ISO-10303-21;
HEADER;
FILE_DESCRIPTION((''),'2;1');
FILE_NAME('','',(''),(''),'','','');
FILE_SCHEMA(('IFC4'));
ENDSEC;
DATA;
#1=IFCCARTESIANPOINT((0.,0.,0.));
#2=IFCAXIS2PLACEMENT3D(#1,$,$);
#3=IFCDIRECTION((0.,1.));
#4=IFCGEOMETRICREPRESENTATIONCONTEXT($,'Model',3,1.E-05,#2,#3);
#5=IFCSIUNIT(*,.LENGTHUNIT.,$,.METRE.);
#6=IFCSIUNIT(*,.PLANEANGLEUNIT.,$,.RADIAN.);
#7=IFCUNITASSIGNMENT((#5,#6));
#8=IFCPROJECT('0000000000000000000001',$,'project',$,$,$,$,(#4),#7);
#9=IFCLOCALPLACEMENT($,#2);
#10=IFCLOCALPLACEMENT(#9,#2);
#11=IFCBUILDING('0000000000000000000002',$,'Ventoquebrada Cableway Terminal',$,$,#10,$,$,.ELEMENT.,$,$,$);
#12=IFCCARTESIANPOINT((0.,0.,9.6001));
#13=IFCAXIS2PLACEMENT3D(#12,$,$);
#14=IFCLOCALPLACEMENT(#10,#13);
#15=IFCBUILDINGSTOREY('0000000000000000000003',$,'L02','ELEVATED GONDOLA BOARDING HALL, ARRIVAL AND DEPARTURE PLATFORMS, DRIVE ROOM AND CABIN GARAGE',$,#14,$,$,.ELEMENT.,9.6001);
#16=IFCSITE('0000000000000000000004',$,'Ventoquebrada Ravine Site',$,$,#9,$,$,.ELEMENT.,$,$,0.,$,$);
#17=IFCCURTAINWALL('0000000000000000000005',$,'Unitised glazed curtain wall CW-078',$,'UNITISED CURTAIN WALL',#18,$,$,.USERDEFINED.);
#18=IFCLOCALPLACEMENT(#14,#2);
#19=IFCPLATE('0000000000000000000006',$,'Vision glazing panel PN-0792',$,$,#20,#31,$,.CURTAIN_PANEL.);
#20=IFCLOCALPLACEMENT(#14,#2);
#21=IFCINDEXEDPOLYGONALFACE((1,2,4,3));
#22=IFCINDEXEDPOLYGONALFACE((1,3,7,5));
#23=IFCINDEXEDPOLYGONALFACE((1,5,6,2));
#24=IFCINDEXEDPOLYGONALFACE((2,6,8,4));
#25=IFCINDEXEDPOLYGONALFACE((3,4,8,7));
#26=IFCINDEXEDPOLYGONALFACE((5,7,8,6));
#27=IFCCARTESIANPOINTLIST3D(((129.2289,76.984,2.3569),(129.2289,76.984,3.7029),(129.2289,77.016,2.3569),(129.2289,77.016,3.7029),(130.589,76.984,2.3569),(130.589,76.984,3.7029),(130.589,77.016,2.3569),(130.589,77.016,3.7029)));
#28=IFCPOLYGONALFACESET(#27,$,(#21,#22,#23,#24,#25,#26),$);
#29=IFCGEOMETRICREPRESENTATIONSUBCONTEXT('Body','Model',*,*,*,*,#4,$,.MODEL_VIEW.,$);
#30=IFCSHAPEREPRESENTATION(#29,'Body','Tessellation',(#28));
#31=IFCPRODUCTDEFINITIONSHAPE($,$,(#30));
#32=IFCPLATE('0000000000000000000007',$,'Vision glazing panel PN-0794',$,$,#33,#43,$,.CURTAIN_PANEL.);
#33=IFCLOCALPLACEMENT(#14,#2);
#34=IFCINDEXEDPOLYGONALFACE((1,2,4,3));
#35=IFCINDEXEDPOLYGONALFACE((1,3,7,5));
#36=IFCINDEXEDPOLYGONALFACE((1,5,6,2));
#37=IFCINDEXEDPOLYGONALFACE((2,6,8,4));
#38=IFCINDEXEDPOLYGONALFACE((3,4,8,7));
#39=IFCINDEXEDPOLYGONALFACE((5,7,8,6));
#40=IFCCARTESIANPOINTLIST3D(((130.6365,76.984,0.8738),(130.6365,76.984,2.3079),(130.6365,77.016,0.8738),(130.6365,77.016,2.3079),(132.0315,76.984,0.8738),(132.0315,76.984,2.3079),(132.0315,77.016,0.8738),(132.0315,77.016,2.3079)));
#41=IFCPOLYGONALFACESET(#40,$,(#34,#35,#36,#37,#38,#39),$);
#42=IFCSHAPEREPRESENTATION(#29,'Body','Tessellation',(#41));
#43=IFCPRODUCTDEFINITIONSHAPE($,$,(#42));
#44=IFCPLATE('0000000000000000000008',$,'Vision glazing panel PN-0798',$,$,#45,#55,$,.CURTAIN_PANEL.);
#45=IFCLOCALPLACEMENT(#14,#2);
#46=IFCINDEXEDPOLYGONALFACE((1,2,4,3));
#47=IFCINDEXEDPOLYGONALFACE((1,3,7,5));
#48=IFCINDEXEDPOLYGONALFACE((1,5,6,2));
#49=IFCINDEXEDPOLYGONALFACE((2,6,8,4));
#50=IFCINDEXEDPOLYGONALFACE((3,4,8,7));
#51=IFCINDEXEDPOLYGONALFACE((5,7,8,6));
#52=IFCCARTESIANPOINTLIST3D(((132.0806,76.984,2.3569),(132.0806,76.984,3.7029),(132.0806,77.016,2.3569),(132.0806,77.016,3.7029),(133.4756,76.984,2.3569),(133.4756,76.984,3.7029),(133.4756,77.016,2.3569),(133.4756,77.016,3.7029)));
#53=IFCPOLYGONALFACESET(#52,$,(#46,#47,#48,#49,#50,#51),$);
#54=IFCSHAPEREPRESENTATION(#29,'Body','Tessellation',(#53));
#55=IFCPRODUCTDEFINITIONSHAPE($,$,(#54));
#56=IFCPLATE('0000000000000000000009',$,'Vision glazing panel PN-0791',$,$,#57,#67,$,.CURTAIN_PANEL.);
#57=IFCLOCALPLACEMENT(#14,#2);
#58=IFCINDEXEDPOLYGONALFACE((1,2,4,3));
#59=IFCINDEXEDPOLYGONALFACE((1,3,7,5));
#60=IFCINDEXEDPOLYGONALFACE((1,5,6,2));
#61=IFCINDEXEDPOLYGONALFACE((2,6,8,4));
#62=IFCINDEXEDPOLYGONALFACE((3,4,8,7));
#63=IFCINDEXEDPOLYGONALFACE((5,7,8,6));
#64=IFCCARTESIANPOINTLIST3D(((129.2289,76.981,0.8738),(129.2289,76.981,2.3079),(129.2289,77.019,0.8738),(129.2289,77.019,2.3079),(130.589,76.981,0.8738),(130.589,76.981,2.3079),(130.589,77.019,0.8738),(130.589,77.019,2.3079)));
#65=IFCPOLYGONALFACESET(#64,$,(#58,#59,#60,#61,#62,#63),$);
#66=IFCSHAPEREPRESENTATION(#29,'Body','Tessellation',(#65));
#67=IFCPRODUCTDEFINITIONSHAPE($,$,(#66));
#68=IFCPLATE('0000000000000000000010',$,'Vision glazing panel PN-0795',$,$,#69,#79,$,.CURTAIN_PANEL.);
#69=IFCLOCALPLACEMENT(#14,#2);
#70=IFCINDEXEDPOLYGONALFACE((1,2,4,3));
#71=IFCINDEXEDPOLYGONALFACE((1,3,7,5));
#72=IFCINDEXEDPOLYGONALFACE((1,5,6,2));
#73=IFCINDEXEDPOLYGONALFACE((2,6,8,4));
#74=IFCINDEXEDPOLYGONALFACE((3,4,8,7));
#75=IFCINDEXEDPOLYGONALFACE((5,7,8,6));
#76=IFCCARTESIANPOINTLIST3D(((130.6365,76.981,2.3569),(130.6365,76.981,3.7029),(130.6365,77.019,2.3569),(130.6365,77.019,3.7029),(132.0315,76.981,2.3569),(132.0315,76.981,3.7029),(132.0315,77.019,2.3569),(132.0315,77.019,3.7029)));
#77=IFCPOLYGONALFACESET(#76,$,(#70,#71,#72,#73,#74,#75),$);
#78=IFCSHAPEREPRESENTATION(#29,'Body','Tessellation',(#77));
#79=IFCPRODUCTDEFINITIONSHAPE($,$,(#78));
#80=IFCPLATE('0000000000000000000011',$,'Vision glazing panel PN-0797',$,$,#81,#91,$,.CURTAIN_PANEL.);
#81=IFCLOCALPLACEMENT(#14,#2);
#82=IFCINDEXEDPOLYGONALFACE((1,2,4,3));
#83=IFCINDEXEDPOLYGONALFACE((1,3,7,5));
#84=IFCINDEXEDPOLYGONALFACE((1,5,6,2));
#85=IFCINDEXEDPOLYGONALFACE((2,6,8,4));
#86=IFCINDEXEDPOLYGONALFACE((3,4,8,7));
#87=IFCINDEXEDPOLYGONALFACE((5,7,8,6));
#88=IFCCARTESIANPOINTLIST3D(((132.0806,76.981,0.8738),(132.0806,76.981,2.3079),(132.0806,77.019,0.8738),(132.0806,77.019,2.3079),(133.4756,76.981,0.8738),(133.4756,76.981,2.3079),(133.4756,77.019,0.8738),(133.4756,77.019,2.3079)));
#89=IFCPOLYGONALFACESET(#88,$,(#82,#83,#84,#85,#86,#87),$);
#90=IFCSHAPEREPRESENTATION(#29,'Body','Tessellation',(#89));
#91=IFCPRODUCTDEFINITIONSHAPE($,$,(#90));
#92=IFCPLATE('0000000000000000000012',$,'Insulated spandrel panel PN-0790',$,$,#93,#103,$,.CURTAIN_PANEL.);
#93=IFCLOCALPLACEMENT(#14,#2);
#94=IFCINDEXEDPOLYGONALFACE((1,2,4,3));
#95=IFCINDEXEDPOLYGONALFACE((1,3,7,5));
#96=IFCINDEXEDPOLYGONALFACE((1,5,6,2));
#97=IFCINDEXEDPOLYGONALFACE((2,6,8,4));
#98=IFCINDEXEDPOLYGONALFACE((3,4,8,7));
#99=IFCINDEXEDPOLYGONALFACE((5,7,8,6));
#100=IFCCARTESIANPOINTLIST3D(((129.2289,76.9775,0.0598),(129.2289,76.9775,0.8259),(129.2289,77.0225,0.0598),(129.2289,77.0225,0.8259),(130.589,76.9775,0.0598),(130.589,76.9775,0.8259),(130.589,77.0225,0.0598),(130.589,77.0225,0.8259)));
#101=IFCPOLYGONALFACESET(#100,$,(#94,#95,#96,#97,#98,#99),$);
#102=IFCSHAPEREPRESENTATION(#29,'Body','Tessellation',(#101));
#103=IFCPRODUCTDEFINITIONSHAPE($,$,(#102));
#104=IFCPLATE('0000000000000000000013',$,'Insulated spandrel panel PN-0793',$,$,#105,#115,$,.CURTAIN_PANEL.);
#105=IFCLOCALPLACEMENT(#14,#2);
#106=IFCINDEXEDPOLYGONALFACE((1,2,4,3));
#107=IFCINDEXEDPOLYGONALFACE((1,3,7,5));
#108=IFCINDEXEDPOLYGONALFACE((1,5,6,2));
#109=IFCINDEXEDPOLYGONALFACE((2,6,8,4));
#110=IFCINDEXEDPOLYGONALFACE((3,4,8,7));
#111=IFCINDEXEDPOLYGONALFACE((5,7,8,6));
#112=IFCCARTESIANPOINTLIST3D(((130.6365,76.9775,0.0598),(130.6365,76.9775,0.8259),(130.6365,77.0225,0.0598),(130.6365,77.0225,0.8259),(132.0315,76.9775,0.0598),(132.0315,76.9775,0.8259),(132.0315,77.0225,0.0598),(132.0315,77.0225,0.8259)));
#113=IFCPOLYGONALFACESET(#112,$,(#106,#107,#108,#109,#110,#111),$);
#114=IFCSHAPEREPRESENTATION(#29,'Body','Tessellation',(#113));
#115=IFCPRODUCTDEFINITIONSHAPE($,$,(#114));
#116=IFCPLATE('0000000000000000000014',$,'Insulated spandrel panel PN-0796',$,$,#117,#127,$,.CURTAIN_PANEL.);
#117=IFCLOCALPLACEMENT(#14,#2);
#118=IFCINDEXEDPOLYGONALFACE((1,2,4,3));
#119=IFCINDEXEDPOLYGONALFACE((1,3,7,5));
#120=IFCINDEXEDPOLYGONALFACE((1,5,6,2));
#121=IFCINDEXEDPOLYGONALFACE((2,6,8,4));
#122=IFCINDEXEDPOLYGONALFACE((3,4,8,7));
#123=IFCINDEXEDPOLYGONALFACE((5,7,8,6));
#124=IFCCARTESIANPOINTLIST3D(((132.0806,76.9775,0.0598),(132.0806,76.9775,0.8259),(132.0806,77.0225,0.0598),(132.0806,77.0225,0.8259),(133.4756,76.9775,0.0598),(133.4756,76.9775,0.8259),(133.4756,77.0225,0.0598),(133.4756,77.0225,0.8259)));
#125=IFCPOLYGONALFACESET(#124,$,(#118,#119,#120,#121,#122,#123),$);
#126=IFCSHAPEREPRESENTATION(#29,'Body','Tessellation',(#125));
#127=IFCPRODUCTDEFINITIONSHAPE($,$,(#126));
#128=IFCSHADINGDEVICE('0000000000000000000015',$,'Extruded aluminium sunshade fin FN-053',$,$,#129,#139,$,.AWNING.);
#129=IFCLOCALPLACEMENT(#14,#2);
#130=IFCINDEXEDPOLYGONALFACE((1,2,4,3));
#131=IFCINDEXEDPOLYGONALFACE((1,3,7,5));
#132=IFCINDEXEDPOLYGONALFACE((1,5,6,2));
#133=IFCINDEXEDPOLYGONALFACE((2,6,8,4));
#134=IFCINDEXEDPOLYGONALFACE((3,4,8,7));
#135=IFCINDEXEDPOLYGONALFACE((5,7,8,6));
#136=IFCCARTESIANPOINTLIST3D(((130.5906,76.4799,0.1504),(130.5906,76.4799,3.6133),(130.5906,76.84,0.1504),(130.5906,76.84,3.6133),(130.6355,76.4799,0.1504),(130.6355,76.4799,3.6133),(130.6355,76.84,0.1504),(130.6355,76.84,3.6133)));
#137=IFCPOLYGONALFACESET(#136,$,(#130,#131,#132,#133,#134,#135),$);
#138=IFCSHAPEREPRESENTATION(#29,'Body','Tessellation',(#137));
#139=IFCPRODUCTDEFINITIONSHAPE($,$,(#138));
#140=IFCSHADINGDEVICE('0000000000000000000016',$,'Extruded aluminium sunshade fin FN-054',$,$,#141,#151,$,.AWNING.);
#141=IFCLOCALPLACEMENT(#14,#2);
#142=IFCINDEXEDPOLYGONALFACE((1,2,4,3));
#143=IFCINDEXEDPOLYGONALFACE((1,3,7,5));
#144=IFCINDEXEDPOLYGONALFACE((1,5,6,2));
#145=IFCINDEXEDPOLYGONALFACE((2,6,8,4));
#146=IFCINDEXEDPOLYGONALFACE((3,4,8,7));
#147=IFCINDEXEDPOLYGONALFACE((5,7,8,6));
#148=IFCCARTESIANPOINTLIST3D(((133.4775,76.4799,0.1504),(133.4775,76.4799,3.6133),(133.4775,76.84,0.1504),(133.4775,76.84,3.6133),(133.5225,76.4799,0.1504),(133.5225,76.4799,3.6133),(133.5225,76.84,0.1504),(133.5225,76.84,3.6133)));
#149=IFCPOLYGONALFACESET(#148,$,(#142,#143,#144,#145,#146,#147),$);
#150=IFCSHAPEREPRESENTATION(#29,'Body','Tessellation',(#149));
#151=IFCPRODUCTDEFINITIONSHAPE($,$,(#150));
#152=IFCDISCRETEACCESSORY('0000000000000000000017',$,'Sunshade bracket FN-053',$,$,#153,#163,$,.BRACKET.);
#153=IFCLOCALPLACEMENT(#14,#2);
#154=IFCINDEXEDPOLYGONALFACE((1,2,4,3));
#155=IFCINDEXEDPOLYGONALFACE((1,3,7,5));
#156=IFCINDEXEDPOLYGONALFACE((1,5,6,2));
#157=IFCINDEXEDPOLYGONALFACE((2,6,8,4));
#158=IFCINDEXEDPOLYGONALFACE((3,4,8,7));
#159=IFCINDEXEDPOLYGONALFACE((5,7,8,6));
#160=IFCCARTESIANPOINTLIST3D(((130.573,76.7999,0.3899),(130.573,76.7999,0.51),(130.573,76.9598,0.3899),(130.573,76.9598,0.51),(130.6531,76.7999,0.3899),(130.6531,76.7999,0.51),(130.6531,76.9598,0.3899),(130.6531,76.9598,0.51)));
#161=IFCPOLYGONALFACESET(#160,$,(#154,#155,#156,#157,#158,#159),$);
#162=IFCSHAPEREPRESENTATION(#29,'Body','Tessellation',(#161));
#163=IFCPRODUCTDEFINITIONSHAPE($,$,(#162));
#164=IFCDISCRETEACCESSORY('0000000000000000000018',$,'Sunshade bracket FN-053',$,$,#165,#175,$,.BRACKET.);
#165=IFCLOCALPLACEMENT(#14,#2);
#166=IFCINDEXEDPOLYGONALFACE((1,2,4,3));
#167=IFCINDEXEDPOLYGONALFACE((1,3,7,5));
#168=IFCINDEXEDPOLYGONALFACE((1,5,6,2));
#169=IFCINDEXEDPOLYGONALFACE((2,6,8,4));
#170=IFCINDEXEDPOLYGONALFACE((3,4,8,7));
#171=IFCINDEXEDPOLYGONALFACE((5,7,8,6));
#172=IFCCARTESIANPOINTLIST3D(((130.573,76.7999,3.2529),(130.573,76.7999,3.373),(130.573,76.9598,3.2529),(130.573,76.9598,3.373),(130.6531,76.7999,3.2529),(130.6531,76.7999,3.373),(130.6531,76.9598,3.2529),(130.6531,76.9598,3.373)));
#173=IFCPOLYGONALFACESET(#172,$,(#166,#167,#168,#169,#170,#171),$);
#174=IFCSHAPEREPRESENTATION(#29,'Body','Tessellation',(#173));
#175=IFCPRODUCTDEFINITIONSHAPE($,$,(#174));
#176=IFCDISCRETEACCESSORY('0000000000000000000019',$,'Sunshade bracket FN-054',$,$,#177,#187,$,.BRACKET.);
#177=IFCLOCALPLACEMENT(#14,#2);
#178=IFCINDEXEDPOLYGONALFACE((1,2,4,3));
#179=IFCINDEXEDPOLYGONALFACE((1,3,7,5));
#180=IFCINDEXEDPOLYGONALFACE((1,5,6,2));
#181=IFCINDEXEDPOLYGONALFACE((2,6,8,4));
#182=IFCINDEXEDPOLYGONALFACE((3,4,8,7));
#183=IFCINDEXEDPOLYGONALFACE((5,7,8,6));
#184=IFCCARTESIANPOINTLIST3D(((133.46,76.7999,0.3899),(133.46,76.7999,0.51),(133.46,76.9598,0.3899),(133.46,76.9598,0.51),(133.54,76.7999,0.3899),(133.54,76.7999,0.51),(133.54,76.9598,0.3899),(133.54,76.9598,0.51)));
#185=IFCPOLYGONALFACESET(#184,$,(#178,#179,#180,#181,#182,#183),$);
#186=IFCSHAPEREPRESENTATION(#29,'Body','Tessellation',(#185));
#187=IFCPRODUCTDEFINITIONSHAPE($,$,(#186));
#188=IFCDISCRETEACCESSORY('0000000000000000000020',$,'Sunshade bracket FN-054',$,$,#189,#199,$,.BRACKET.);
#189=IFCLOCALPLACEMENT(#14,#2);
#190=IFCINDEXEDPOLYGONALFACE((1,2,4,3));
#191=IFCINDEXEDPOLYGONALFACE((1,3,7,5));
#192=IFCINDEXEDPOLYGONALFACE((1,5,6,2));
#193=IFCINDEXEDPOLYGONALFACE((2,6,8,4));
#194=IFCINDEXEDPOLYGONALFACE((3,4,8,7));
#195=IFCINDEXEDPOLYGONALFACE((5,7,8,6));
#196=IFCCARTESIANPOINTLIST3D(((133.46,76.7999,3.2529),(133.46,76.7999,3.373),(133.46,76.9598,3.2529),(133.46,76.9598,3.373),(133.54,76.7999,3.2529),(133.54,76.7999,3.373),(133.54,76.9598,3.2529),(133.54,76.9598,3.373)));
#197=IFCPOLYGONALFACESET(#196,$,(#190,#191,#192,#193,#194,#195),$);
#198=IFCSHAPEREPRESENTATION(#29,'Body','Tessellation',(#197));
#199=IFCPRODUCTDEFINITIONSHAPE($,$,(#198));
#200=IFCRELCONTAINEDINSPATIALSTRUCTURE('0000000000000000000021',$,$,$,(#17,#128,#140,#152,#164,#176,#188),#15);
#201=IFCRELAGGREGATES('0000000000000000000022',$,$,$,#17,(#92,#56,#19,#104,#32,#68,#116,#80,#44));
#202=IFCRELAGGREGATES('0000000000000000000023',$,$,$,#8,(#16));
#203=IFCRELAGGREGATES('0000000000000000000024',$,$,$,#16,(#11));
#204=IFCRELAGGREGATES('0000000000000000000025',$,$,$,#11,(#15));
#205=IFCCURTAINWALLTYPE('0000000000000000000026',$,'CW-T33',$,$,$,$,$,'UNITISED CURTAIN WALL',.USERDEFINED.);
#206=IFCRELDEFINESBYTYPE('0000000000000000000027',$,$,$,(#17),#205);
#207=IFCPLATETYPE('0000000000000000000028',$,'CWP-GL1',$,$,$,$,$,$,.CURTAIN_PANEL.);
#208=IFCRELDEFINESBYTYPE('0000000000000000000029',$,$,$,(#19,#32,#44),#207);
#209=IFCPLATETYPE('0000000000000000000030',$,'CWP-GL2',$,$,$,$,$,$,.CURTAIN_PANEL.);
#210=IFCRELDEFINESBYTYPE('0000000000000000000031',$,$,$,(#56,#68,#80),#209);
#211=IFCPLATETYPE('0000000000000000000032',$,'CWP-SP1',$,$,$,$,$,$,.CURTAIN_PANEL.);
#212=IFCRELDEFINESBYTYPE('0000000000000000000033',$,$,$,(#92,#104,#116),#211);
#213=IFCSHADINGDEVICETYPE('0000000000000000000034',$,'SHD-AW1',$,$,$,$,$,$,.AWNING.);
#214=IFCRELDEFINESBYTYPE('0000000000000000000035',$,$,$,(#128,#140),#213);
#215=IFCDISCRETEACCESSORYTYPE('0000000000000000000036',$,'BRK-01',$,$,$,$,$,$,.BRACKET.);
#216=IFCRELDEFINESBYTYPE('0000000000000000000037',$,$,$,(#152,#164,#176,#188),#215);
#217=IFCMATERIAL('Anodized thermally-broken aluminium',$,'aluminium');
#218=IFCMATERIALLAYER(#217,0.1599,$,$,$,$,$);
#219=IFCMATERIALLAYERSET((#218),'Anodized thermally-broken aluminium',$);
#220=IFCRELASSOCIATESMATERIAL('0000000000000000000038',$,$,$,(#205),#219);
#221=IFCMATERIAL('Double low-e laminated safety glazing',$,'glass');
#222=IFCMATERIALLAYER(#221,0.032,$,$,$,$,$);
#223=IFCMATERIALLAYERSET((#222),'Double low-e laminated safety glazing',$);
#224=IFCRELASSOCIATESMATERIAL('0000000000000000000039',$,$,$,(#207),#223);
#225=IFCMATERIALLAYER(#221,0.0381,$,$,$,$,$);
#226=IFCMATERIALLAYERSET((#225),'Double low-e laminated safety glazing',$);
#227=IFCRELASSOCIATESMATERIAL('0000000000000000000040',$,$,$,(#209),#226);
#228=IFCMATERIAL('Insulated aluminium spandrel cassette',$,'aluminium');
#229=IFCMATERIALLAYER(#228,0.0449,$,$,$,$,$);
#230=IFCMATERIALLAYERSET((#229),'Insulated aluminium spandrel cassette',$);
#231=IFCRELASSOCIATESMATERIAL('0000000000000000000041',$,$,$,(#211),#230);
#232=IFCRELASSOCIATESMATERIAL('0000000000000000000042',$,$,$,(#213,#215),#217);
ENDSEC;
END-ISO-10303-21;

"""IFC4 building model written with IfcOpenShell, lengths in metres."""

from ifc_helpers import new_model, si_unit, direction, frame, origin, origin_2d, place, context, subcontext, project, spatial, rectangle, extrude, material, layer, layer_set, type_object, element, aggregate, save


model = new_model("IFC4")

# Units and contexts
model_context = context("Model", 3, precision=1e-05, world=origin(), true_north=direction((0.0, 1.0)))
body_context = subcontext(model_context, "Body", "Model", "MODEL_VIEW")
ifc_project = project(units=[si_unit("LENGTHUNIT", "METRE"), si_unit("PLANEANGLEUNIT", "RADIAN")], contexts=[model_context])

# Site, building, storey
site_placement = place(None, origin())
site = spatial("IfcSite", under=ifc_project, at=site_placement, Name="Ventoquebrada Ravine Site", CompositionType="ELEMENT", RefElevation=0.0)
building_placement = place(site_placement, origin())
building = spatial("IfcBuilding", under=site, at=building_placement, Name="Ventoquebrada Cableway Terminal", CompositionType="ELEMENT")
storey_placement = place(building_placement, frame((0.0, 0.0, 9.6001)))
storey = spatial("IfcBuildingStorey", under=building, at=storey_placement, Name="L02", Description="ELEVATED GONDOLA BOARDING HALL, ARRIVAL AND DEPARTURE PLATFORMS, DRIVE ROOM AND CABIN GARAGE", CompositionType="ELEMENT", Elevation=9.6001)

# Curtain wall
ifc_material_1 = material(Name="Anodized thermally-broken aluminium", Category="aluminium")
ifc_layer_1 = layer(ifc_material_1, 0.1599)
ifc_layer_set_1 = layer_set([ifc_layer_1], Name="Anodized thermally-broken aluminium")
curtain_wall_type = type_object("IfcCurtainWallType", Name="CW-T33", ElementType="UNITISED CURTAIN WALL", PredefinedType="USERDEFINED", material=ifc_layer_set_1)
curtain_wall_placement = place(storey_placement, origin())
curtain_wall = element("IfcCurtainWall", 1, at=curtain_wall_placement, inside=storey, type_object=curtain_wall_type, Name="Unitised glazed curtain wall CW-078", ObjectType="UNITISED CURTAIN WALL", PredefinedType="USERDEFINED")

# Plates
ifc_material_2 = material(Name="Double low-e laminated safety glazing", Category="glass")
ifc_layer_2 = layer(ifc_material_2, 0.032)
ifc_layer_set_2 = layer_set([ifc_layer_2], Name="Double low-e laminated safety glazing")
plate_type_1 = type_object("IfcPlateType", Name="CWP-GL1", PredefinedType="CURTAIN_PANEL", material=ifc_layer_set_2)
plate_1_placement = place(storey_placement, frame((129.9089, 77.0, 2.3569), z_axis=(0.0, 0.0, 1.0), x_axis=(1.0, 0.0, 0.0)))
plate_1 = element("IfcPlate", 2, at=plate_1_placement, type_object=plate_type_1, Name="Vision glazing panel PN-0792", PredefinedType="CURTAIN_PANEL", context=body_context, shape_type="SweptSolid", body=[
    extrude(rectangle(XDim=1.3601, YDim=0.032, at=origin_2d()), origin(), (0.0, 0.0, 1.0), 1.3459),
])
plate_2_placement = place(storey_placement, frame((131.334, 77.0, 0.8738), z_axis=(0.0, 0.0, 1.0), x_axis=(1.0, 0.0, 0.0)))
plate_2 = element("IfcPlate", 3, at=plate_2_placement, type_object=plate_type_1, Name="Vision glazing panel PN-0794", PredefinedType="CURTAIN_PANEL", context=body_context, shape_type="SweptSolid", body=[
    extrude(rectangle(XDim=1.395, YDim=0.032, at=origin_2d()), origin(), (0.0, 0.0, 1.0), 1.4341),
])
plate_3_placement = place(storey_placement, frame((132.7781, 77.0, 2.3569), z_axis=(0.0, 0.0, 1.0), x_axis=(1.0, 0.0, 0.0)))
plate_3 = element("IfcPlate", 4, at=plate_3_placement, type_object=plate_type_1, Name="Vision glazing panel PN-0798", PredefinedType="CURTAIN_PANEL", context=body_context, shape_type="SweptSolid", body=[
    extrude(rectangle(XDim=1.395, YDim=0.032, at=origin_2d()), origin(), (0.0, 0.0, 1.0), 1.3459),
])
ifc_layer_3 = layer(ifc_material_2, 0.0381)
ifc_layer_set_3 = layer_set([ifc_layer_3], Name="Double low-e laminated safety glazing")
plate_type_2 = type_object("IfcPlateType", Name="CWP-GL2", PredefinedType="CURTAIN_PANEL", material=ifc_layer_set_3)
plate_4_placement = place(storey_placement, frame((129.9089, 77.0, 0.8738), z_axis=(0.0, 0.0, 1.0), x_axis=(1.0, 0.0, 0.0)))
plate_4 = element("IfcPlate", 5, at=plate_4_placement, type_object=plate_type_2, Name="Vision glazing panel PN-0791", PredefinedType="CURTAIN_PANEL", context=body_context, shape_type="SweptSolid", body=[
    extrude(rectangle(XDim=1.3601, YDim=0.0381, at=origin_2d()), origin(), (0.0, 0.0, 1.0), 1.4341),
])
plate_5_placement = place(storey_placement, frame((131.334, 77.0, 2.3569), z_axis=(0.0, 0.0, 1.0), x_axis=(1.0, 0.0, 0.0)))
plate_5 = element("IfcPlate", 6, at=plate_5_placement, type_object=plate_type_2, Name="Vision glazing panel PN-0795", PredefinedType="CURTAIN_PANEL", context=body_context, shape_type="SweptSolid", body=[
    extrude(rectangle(XDim=1.395, YDim=0.0381, at=origin_2d()), origin(), (0.0, 0.0, 1.0), 1.3459),
])
plate_6_placement = place(storey_placement, frame((132.7781, 77.0, 0.8738), z_axis=(0.0, 0.0, 1.0), x_axis=(1.0, 0.0, 0.0)))
plate_6 = element("IfcPlate", 7, at=plate_6_placement, type_object=plate_type_2, Name="Vision glazing panel PN-0797", PredefinedType="CURTAIN_PANEL", context=body_context, shape_type="SweptSolid", body=[
    extrude(rectangle(XDim=1.395, YDim=0.0381, at=origin_2d()), origin(), (0.0, 0.0, 1.0), 1.4341),
])
ifc_material_3 = material(Name="Insulated aluminium spandrel cassette", Category="aluminium")
ifc_layer_4 = layer(ifc_material_3, 0.0449)
ifc_layer_set_4 = layer_set([ifc_layer_4], Name="Insulated aluminium spandrel cassette")
plate_type_3 = type_object("IfcPlateType", Name="CWP-SP1", PredefinedType="CURTAIN_PANEL", material=ifc_layer_set_4)
plate_7_placement = place(storey_placement, frame((129.9089, 77.0, 0.0598), z_axis=(0.0, 0.0, 1.0), x_axis=(1.0, 0.0, 0.0)))
plate_7 = element("IfcPlate", 8, at=plate_7_placement, type_object=plate_type_3, Name="Insulated spandrel panel PN-0790", PredefinedType="CURTAIN_PANEL", context=body_context, shape_type="SweptSolid", body=[
    extrude(rectangle(XDim=1.3601, YDim=0.0449, at=origin_2d()), origin(), (0.0, 0.0, 1.0), 0.7661),
])
plate_8_placement = place(storey_placement, frame((131.334, 77.0, 0.0598), z_axis=(0.0, 0.0, 1.0), x_axis=(1.0, 0.0, 0.0)))
plate_8 = element("IfcPlate", 9, at=plate_8_placement, type_object=plate_type_3, Name="Insulated spandrel panel PN-0793", PredefinedType="CURTAIN_PANEL", context=body_context, shape_type="SweptSolid", body=[
    extrude(rectangle(XDim=1.395, YDim=0.0449, at=origin_2d()), origin(), (0.0, 0.0, 1.0), 0.7661),
])
plate_9_placement = place(storey_placement, frame((132.7781, 77.0, 0.0598), z_axis=(0.0, 0.0, 1.0), x_axis=(1.0, 0.0, 0.0)))
plate_9 = element("IfcPlate", 10, at=plate_9_placement, type_object=plate_type_3, Name="Insulated spandrel panel PN-0796", PredefinedType="CURTAIN_PANEL", context=body_context, shape_type="SweptSolid", body=[
    extrude(rectangle(XDim=1.395, YDim=0.0449, at=origin_2d()), origin(), (0.0, 0.0, 1.0), 0.7661),
])
aggregate(curtain_wall, [plate_7, plate_4, plate_1, plate_8, plate_2, plate_5, plate_9, plate_6, plate_3])

# Shading devices
shading_device_type = type_object("IfcShadingDeviceType", Name="SHD-AW1", PredefinedType="AWNING", material=ifc_material_1)
for number, where, z_axis, x_axis, name in (
    (11, (130.613, 76.6599, 0.1504), (0.0, 0.0, 1.0), (1.0, 0.0, 0.0), "Extruded aluminium sunshade fin FN-053"),
    (12, (133.5, 76.6599, 0.1504), (0.0, 0.0, 1.0), (1.0, 0.0, 0.0), "Extruded aluminium sunshade fin FN-054"),
):
    element("IfcShadingDevice", number, at=place(storey_placement, frame(where, z_axis=z_axis, x_axis=x_axis)), inside=storey, type_object=shading_device_type, Name=name, PredefinedType="AWNING", context=body_context, shape_type="SweptSolid", body=[
        extrude(rectangle(XDim=0.0449, YDim=0.3601, at=origin_2d()), origin(), (0.0, 0.0, 1.0), 3.4629),
    ])

# Discrete accessories
discrete_accessory_type = type_object("IfcDiscreteAccessoryType", Name="BRK-01", PredefinedType="BRACKET", material=ifc_material_1)
for number, where, z_axis, x_axis, name in (
    (13, (130.613, 76.8799, 0.3899), (0.0, 0.0, 1.0), (1.0, 0.0, 0.0), "Sunshade bracket FN-053"),
    (14, (130.613, 76.8799, 3.2529), (0.0, 0.0, 1.0), (1.0, 0.0, 0.0), "Sunshade bracket FN-053"),
    (15, (133.5, 76.8799, 0.3899), (0.0, 0.0, 1.0), (1.0, 0.0, 0.0), "Sunshade bracket FN-054"),
    (16, (133.5, 76.8799, 3.2529), (0.0, 0.0, 1.0), (1.0, 0.0, 0.0), "Sunshade bracket FN-054"),
):
    element("IfcDiscreteAccessory", number, at=place(storey_placement, frame(where, z_axis=z_axis, x_axis=x_axis)), inside=storey, type_object=discrete_accessory_type, Name=name, PredefinedType="BRACKET", context=body_context, shape_type="SweptSolid", body=[
        extrude(rectangle(XDim=0.0801, YDim=0.1599, at=origin_2d()), origin(), (0.0, 0.0, 1.0), 0.1201),
    ])

save(model, "model.ifc")
